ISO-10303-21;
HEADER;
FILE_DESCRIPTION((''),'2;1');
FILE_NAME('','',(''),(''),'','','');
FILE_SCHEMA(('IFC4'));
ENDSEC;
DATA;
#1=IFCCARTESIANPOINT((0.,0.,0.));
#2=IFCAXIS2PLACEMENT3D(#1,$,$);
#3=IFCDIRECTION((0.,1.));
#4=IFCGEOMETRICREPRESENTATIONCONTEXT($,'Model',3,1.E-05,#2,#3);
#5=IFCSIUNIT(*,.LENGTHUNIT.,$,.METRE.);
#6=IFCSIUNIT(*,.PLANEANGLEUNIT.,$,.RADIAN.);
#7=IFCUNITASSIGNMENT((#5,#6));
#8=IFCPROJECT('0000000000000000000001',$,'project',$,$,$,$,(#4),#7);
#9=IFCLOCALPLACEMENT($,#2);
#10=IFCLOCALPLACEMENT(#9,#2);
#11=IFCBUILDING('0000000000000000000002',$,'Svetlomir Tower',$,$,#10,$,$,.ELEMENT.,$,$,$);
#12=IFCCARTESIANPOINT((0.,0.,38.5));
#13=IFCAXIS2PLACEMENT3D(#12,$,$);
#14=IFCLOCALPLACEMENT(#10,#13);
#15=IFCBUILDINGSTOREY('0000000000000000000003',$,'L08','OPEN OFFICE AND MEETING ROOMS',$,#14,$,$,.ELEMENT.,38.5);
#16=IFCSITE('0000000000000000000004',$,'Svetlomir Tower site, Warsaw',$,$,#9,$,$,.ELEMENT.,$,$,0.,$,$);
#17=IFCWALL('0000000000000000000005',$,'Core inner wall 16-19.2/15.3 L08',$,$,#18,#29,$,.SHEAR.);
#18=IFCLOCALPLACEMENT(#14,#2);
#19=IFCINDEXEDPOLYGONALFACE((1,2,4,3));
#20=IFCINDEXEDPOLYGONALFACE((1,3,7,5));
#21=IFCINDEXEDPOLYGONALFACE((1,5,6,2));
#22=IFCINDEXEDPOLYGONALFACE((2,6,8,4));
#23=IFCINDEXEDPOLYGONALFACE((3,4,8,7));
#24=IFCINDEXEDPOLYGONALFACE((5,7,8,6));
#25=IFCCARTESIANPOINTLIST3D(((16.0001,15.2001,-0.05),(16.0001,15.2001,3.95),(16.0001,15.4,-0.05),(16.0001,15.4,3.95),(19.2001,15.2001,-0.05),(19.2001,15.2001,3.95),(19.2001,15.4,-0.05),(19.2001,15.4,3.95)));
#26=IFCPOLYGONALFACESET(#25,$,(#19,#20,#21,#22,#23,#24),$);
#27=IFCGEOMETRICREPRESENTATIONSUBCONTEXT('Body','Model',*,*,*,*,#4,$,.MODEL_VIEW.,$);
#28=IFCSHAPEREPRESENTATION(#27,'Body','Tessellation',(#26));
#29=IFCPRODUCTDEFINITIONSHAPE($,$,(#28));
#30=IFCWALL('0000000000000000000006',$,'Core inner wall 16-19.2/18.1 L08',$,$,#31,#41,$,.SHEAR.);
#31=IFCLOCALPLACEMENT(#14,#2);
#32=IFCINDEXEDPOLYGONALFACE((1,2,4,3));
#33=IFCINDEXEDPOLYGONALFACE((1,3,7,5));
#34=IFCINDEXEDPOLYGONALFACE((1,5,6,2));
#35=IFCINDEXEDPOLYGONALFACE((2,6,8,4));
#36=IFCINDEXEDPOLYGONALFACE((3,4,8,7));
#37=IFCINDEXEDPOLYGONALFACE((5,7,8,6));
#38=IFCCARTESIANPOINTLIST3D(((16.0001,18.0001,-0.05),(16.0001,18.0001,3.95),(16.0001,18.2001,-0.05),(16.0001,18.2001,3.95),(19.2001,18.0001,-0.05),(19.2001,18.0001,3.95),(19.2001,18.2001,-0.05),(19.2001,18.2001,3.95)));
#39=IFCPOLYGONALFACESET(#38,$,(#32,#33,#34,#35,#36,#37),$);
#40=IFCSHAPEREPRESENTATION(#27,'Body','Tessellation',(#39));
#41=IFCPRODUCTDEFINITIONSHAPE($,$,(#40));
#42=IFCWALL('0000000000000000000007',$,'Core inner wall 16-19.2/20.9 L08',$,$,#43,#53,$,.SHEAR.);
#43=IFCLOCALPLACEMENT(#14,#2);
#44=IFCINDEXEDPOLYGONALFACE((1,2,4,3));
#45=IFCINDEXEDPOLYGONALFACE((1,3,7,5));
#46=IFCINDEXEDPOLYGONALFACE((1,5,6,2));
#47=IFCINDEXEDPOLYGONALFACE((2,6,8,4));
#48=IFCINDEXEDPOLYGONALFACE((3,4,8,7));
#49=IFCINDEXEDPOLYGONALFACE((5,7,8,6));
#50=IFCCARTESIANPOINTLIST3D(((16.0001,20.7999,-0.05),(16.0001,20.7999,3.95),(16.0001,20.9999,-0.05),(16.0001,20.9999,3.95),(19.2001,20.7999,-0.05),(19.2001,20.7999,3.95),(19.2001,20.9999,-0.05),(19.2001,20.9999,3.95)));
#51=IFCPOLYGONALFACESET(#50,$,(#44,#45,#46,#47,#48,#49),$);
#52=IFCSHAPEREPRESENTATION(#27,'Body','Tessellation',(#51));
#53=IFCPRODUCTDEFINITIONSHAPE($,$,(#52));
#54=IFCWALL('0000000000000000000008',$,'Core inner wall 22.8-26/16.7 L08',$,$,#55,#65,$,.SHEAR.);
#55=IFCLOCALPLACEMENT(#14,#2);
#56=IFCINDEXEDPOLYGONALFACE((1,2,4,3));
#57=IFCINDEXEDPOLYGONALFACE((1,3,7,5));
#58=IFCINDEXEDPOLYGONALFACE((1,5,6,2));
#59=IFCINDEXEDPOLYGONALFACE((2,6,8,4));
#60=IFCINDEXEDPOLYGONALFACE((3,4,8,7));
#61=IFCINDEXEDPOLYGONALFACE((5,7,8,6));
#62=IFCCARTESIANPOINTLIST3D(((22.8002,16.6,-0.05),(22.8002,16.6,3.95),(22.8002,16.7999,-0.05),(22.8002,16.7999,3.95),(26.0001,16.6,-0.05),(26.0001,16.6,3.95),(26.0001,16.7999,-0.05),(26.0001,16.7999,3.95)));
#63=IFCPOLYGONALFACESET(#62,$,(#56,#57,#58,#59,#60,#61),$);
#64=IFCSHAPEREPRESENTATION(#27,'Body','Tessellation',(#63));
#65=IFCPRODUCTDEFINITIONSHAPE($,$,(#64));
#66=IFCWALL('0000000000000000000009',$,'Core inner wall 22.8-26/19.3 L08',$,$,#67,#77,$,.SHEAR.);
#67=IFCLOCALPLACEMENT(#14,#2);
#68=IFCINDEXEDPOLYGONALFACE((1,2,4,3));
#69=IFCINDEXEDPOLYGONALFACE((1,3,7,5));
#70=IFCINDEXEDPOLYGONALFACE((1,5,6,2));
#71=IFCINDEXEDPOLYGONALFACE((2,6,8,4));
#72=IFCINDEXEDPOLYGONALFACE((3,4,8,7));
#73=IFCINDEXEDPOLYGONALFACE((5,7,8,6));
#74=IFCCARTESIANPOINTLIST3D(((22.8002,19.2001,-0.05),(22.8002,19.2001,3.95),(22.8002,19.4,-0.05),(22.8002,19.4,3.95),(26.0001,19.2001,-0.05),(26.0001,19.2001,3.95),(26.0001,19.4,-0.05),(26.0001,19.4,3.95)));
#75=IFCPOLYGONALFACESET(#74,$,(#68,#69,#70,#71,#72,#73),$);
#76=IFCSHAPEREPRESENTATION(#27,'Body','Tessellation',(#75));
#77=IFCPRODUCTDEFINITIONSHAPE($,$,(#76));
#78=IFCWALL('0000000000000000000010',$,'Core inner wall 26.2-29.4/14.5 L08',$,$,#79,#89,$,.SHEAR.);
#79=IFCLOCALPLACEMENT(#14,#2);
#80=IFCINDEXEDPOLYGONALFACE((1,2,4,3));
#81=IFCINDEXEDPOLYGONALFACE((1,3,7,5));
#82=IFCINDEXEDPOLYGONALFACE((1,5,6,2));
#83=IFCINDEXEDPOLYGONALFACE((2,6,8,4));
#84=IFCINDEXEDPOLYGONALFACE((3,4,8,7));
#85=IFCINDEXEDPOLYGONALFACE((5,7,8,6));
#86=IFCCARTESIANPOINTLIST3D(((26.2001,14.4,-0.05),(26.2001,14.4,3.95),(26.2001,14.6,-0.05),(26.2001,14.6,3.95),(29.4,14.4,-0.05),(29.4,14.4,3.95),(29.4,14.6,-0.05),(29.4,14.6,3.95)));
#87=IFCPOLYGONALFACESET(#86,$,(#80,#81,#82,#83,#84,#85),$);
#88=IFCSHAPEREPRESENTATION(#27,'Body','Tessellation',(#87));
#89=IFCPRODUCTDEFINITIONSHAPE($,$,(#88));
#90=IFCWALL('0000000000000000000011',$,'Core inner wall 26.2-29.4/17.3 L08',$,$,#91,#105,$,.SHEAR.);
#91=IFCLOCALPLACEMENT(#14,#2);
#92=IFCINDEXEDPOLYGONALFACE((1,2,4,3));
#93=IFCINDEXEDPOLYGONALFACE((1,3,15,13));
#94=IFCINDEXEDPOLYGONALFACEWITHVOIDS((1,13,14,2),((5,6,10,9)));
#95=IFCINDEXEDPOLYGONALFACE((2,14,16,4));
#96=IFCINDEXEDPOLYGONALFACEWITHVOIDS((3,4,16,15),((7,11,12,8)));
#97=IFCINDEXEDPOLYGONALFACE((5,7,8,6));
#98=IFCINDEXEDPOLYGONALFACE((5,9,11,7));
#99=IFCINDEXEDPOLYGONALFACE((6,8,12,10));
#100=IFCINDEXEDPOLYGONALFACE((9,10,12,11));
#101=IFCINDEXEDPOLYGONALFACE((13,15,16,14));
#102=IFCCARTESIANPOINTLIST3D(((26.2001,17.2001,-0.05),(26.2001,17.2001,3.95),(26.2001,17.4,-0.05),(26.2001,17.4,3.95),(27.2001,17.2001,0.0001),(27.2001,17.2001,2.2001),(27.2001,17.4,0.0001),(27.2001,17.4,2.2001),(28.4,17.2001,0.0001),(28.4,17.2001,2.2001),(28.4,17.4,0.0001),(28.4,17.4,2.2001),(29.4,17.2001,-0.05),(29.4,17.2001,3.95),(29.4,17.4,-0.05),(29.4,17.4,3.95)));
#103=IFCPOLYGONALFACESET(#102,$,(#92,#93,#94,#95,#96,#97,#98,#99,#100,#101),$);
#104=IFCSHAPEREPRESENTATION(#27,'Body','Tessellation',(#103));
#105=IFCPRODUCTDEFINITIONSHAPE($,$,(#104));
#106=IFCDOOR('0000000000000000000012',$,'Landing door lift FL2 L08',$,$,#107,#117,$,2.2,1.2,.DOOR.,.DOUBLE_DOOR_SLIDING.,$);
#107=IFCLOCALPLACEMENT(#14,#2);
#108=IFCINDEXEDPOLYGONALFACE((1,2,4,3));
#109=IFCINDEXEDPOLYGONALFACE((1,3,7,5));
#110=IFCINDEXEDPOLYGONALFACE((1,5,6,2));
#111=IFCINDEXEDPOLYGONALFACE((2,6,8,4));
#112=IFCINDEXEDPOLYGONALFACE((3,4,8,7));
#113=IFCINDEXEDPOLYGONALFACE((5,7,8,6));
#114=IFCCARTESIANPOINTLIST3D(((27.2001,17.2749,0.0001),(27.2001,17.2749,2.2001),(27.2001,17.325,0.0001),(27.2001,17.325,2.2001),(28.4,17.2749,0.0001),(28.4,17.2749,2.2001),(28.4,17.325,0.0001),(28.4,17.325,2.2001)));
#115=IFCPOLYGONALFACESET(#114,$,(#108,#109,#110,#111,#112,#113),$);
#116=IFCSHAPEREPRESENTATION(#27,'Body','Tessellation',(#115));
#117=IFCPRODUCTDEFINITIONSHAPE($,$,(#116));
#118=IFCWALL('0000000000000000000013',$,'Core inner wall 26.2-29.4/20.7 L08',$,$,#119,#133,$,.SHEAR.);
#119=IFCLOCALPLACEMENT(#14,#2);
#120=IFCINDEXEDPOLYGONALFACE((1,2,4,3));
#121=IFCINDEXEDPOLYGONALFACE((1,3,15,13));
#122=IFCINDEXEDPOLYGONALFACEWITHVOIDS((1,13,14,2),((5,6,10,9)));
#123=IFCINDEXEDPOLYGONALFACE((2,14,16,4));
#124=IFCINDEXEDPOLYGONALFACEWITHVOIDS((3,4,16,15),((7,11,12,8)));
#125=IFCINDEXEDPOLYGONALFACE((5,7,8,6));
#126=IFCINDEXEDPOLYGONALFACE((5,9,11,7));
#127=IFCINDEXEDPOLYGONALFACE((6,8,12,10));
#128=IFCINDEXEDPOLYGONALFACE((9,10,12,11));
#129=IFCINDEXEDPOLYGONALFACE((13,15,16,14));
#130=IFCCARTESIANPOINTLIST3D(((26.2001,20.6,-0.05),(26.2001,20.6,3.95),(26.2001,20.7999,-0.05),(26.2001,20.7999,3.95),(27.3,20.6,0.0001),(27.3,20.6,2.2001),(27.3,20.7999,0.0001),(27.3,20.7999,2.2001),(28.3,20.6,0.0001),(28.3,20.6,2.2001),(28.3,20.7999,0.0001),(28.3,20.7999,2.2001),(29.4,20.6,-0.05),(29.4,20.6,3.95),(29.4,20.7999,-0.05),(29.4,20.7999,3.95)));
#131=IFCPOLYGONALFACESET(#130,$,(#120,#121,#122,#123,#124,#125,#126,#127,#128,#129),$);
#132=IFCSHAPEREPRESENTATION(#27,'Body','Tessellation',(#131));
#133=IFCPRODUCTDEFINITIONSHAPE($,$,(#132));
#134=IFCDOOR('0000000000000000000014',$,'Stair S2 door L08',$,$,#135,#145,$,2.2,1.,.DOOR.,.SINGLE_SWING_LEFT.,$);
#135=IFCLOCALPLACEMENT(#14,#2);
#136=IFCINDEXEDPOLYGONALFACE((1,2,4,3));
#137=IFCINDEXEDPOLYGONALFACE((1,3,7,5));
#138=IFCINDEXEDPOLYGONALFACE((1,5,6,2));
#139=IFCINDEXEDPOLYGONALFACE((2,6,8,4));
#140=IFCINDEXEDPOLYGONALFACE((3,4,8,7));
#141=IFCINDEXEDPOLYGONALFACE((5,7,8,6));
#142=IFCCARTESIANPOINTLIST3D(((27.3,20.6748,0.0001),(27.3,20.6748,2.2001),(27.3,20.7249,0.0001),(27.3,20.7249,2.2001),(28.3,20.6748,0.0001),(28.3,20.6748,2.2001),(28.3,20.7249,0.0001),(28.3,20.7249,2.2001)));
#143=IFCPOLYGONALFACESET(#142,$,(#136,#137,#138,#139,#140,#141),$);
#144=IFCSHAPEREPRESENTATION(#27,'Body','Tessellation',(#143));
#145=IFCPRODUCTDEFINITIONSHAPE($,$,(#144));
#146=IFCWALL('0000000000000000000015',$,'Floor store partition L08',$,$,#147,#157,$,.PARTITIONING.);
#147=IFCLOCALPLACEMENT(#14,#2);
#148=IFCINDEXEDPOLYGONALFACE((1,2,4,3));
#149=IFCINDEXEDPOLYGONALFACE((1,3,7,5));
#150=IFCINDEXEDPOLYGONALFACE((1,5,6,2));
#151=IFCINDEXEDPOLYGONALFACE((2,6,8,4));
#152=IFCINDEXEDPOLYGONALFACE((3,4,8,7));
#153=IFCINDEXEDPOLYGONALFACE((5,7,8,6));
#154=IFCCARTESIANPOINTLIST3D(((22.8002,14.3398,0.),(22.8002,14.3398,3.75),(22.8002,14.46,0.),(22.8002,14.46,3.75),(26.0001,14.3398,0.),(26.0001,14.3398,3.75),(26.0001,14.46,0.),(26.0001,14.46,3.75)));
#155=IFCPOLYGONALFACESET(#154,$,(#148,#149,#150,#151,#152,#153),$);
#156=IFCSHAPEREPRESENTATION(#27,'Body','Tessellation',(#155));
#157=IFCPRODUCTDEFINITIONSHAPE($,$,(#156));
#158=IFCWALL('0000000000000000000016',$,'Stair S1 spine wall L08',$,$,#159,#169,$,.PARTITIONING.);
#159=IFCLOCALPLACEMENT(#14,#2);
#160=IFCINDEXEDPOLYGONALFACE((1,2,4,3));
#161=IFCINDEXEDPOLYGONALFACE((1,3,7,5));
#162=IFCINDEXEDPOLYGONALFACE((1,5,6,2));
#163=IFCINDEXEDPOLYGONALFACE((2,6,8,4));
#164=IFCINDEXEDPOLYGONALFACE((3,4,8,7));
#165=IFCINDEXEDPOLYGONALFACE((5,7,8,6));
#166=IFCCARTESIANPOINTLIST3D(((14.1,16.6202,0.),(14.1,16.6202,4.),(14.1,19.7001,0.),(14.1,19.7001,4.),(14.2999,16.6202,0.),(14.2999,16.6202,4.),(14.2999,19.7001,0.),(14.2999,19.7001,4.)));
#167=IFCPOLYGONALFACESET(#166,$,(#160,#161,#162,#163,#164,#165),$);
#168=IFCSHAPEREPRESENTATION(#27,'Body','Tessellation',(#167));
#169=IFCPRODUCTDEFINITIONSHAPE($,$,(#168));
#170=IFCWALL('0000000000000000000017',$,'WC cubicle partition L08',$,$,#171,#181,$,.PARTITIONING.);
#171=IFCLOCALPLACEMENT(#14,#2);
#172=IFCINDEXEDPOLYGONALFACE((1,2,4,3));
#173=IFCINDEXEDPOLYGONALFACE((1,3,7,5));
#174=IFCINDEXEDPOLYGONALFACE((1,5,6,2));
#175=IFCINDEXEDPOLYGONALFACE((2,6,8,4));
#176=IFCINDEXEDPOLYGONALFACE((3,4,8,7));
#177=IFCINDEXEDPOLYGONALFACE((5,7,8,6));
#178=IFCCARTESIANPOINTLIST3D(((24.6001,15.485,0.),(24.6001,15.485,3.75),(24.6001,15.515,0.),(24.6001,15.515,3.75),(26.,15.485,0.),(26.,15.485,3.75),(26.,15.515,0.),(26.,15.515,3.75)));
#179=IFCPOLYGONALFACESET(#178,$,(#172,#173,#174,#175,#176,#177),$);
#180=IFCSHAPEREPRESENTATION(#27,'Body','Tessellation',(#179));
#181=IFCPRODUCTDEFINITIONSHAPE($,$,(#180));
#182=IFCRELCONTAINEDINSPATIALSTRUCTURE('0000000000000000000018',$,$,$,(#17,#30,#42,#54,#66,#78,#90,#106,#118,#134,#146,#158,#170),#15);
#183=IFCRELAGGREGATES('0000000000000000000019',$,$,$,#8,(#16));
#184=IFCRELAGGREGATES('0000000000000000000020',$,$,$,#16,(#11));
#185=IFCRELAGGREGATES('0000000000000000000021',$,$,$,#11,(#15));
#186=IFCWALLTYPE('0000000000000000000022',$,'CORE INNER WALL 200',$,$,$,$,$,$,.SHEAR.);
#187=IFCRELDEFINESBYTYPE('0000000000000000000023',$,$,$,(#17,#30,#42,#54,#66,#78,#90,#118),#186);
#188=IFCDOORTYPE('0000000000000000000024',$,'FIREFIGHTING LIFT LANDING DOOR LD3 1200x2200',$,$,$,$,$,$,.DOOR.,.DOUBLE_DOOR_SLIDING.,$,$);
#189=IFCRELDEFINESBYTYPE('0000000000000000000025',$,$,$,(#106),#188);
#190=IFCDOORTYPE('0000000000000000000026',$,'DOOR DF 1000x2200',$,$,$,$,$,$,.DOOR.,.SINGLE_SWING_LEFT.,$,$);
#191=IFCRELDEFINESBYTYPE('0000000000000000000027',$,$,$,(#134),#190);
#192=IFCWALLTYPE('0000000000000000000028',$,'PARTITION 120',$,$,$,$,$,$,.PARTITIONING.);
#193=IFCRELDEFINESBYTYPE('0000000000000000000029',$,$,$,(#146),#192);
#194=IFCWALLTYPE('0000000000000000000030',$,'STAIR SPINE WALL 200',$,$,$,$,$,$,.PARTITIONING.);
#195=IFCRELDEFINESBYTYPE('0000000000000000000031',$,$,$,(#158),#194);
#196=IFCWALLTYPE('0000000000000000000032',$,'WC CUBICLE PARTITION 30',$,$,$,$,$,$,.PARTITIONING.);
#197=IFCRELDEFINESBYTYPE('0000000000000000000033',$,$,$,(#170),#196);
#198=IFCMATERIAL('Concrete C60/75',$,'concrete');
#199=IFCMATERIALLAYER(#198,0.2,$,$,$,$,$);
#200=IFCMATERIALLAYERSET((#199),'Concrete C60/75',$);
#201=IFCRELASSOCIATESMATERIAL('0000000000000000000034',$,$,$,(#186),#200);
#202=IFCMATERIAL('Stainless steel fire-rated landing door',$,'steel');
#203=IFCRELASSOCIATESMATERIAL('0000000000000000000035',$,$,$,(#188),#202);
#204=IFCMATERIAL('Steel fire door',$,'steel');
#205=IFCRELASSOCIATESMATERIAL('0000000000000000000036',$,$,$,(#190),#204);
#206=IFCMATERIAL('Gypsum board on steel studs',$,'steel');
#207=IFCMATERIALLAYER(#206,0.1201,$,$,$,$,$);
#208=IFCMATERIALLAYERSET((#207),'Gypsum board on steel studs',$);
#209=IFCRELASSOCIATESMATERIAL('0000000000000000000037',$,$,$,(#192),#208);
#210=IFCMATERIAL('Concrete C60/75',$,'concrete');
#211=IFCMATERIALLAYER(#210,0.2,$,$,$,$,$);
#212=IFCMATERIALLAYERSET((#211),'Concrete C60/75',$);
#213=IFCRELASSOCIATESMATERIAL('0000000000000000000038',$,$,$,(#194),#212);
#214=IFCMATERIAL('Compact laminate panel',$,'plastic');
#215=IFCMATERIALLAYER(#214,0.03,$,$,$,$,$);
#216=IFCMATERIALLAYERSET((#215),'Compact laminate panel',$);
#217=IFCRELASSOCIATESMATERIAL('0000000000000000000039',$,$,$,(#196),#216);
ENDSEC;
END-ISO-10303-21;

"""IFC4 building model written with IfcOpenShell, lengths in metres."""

from ifc_helpers import new_model, si_unit, direction, frame, frame_2d, origin, place, context, subcontext, project, spatial, rectangle, extrude, material, layer, layer_set, type_object, element, fill, save


model = new_model("IFC4")

# Units and contexts
model_context = context("Model", 3, precision=1e-05, world=origin(), true_north=direction((0.0, 1.0)))
body_context = subcontext(model_context, "Body", "Model", "MODEL_VIEW")
ifc_project = project(units=[si_unit("LENGTHUNIT", "METRE"), si_unit("PLANEANGLEUNIT", "RADIAN")], contexts=[model_context])

# Site, building, storey
site_placement = place(None, origin())
site = spatial("IfcSite", under=ifc_project, at=site_placement, Name="Svetlomir Tower site, Warsaw", CompositionType="ELEMENT", RefElevation=0.0)
building_placement = place(site_placement, origin())
building = spatial("IfcBuilding", under=site, at=building_placement, Name="Svetlomir Tower", CompositionType="ELEMENT")
storey_placement = place(building_placement, frame((0.0, 0.0, 38.5)))
storey = spatial("IfcBuildingStorey", under=building, at=storey_placement, Name="L08", Description="OPEN OFFICE AND MEETING ROOMS", CompositionType="ELEMENT", Elevation=38.5)

# Walls
ifc_material_1 = material(Name="Concrete C60/75", Category="concrete")
ifc_layer_1 = layer(ifc_material_1, 0.2)
ifc_layer_set_1 = layer_set([ifc_layer_1], Name="Concrete C60/75")
wall_type_1 = type_object("IfcWallType", Name="CORE INNER WALL 200", PredefinedType="SHEAR", material=ifc_layer_set_1)
for number, where, z_axis, x_axis, name in (
    (1, (16.0, 15.3, -0.05), (0.0, 0.0, 1.0), (1.0, 0.0, 0.0), "Core inner wall 16-19.2/15.3 L08"),
    (2, (16.0, 18.1001, -0.05), (0.0, 0.0, 1.0), (1.0, 0.0, 0.0), "Core inner wall 16-19.2/18.1 L08"),
    (3, (16.0, 20.8999, -0.05), (0.0, 0.0, 1.0), (1.0, 0.0, 0.0), "Core inner wall 16-19.2/20.9 L08"),
    (4, (22.8, 16.7, -0.05), (0.0, 0.0, 1.0), (1.0, 0.0, 0.0), "Core inner wall 22.8-26/16.7 L08"),
    (5, (22.8, 19.3, -0.05), (0.0, 0.0, 1.0), (1.0, 0.0, 0.0), "Core inner wall 22.8-26/19.3 L08"),
    (6, (26.2, 14.5, -0.05), (0.0, 0.0, 1.0), (1.0, 0.0, 0.0), "Core inner wall 26.2-29.4/14.5 L08"),
):
    element("IfcWall", number, at=place(storey_placement, frame(where, z_axis=z_axis, x_axis=x_axis)), inside=storey, type_object=wall_type_1, Name=name, PredefinedType="SHEAR", context=body_context, shape_type="SweptSolid", body=[
        extrude(rectangle(XDim=3.2, YDim=0.2, at=frame_2d((1.6001, 0.0))), origin(), (0.0, 0.0, 1.0), 4.0),
    ])

# Walls, openings, doors
wall_1_placement = place(storey_placement, frame((26.2, 17.3, -0.05), z_axis=(0.0, 0.0, 1.0), x_axis=(1.0, 0.0, 0.0)))
wall_1 = element("IfcWall", 7, at=wall_1_placement, inside=storey, type_object=wall_type_1, Name="Core inner wall 26.2-29.4/17.3 L08", PredefinedType="SHEAR", context=body_context, shape_type="SweptSolid", body=[
    extrude(rectangle(XDim=3.2, YDim=0.2, at=frame_2d((1.6001, 0.0))), origin(), (0.0, 0.0, 1.0), 4.0),
])
opening_1_placement = place(wall_1_placement, frame((1.0, 0.0, 0.05)))
opening_1 = element("IfcOpeningElement", 8, at=opening_1_placement, cuts=wall_1, PredefinedType="OPENING", context=body_context, shape_type="SweptSolid", body=[
    extrude(rectangle(XDim=1.2, YDim=2.2, at=frame_2d((0.6001, 1.1001))), frame((0.0, 0.1099, 0.0), z_axis=(0.0, -1.0, 0.0), x_axis=(1.0, 0.0, 0.0)), (0.0, 0.0, 1.0), 0.22),
])
ifc_material_2 = material(Name="Stainless steel fire-rated landing door", Category="steel")
door_type_1 = type_object("IfcDoorType", Name="FIREFIGHTING LIFT LANDING DOOR LD3 1200x2200", OperationType="DOUBLE_DOOR_SLIDING", PredefinedType="DOOR", material=ifc_material_2)
door_1_placement = place(opening_1_placement, origin())
door_1 = element("IfcDoor", 9, at=door_1_placement, inside=storey, type_object=door_type_1, Name="Landing door lift FL2 L08", OperationType="DOUBLE_DOOR_SLIDING", OverallHeight=2.2, OverallWidth=1.2, PredefinedType="DOOR", context=body_context, shape_type="SweptSolid", body=[
    extrude(rectangle(XDim=1.2, YDim=2.2, at=frame_2d((0.6001, 1.1001))), frame((0.0, 0.0249, 0.0), z_axis=(0.0, -1.0, 0.0), x_axis=(1.0, 0.0, 0.0)), (0.0, 0.0, 1.0), 0.05),
])
fill(opening_1, door_1)
wall_2_placement = place(storey_placement, frame((26.2, 20.7, -0.05), z_axis=(0.0, 0.0, 1.0), x_axis=(1.0, 0.0, 0.0)))
wall_2 = element("IfcWall", 10, at=wall_2_placement, inside=storey, type_object=wall_type_1, Name="Core inner wall 26.2-29.4/20.7 L08", PredefinedType="SHEAR", context=body_context, shape_type="SweptSolid", body=[
    extrude(rectangle(XDim=3.2, YDim=0.2, at=frame_2d((1.6001, 0.0))), origin(), (0.0, 0.0, 1.0), 4.0),
])
opening_2_placement = place(wall_2_placement, frame((1.1001, 0.0, 0.05)))
opening_2 = element("IfcOpeningElement", 11, at=opening_2_placement, cuts=wall_2, PredefinedType="OPENING", context=body_context, shape_type="SweptSolid", body=[
    extrude(rectangle(XDim=1.0, YDim=2.2, at=frame_2d((0.5, 1.1001))), frame((0.0, 0.1099, 0.0), z_axis=(0.0, -1.0, 0.0), x_axis=(1.0, 0.0, 0.0)), (0.0, 0.0, 1.0), 0.22),
])
ifc_material_3 = material(Name="Steel fire door", Category="steel")
door_type_2 = type_object("IfcDoorType", Name="DOOR DF 1000x2200", OperationType="SINGLE_SWING_LEFT", PredefinedType="DOOR", material=ifc_material_3)
door_2_placement = place(opening_2_placement, origin())
door_2 = element("IfcDoor", 12, at=door_2_placement, inside=storey, type_object=door_type_2, Name="Stair S2 door L08", OperationType="SINGLE_SWING_LEFT", OverallHeight=2.2, OverallWidth=1.0, PredefinedType="DOOR", context=body_context, shape_type="SweptSolid", body=[
    extrude(rectangle(XDim=1.0, YDim=2.2, at=frame_2d((0.5, 1.1001))), frame((0.0, 0.0249, 0.0), z_axis=(0.0, -1.0, 0.0), x_axis=(1.0, 0.0, 0.0)), (0.0, 0.0, 1.0), 0.05),
])
fill(opening_2, door_2)

# Walls
ifc_material_4 = material(Name="Gypsum board on steel studs", Category="steel")
ifc_layer_2 = layer(ifc_material_4, 0.1201)
ifc_layer_set_2 = layer_set([ifc_layer_2], Name="Gypsum board on steel studs")
wall_type_2 = type_object("IfcWallType", Name="PARTITION 120", PredefinedType="PARTITIONING", material=ifc_layer_set_2)
wall_3_placement = place(storey_placement, frame((22.8, 14.3999, 0.0), z_axis=(0.0, 0.0, 1.0), x_axis=(1.0, 0.0, 0.0)))
element("IfcWall", 13, at=wall_3_placement, inside=storey, type_object=wall_type_2, Name="Floor store partition L08", PredefinedType="PARTITIONING", context=body_context, shape_type="SweptSolid", body=[
    extrude(rectangle(XDim=3.2, YDim=0.1201, at=frame_2d((1.6001, 0.0))), origin(), (0.0, 0.0, 1.0), 3.75),
])
ifc_material_5 = material(Name="Concrete C60/75", Category="concrete")
ifc_layer_3 = layer(ifc_material_5, 0.2)
ifc_layer_set_3 = layer_set([ifc_layer_3], Name="Concrete C60/75")
wall_type_3 = type_object("IfcWallType", Name="STAIR SPINE WALL 200", PredefinedType="PARTITIONING", material=ifc_layer_set_3)
wall_4_placement = place(storey_placement, frame((14.2, 16.6201, 0.0), z_axis=(0.0, 0.0, 1.0), x_axis=(0.0, 1.0, 0.0)))
element("IfcWall", 14, at=wall_4_placement, inside=storey, type_object=wall_type_3, Name="Stair S1 spine wall L08", PredefinedType="PARTITIONING", context=body_context, shape_type="SweptSolid", body=[
    extrude(rectangle(XDim=3.0798, YDim=0.2, at=frame_2d((1.54, 0.0))), origin(), (0.0, 0.0, 1.0), 4.0),
])
ifc_material_6 = material(Name="Compact laminate panel", Category="plastic")
ifc_layer_4 = layer(ifc_material_6, 0.03)
ifc_layer_set_4 = layer_set([ifc_layer_4], Name="Compact laminate panel")
wall_type_4 = type_object("IfcWallType", Name="WC CUBICLE PARTITION 30", PredefinedType="PARTITIONING", material=ifc_layer_set_4)
wall_5_placement = place(storey_placement, frame((24.6001, 15.5, 0.0), z_axis=(0.0, 0.0, 1.0), x_axis=(1.0, 0.0, 0.0)))
element("IfcWall", 15, at=wall_5_placement, inside=storey, type_object=wall_type_4, Name="WC cubicle partition L08", PredefinedType="PARTITIONING", context=body_context, shape_type="SweptSolid", body=[
    extrude(rectangle(XDim=1.3999, YDim=0.03, at=frame_2d((0.7, 0.0))), origin(), (0.0, 0.0, 1.0), 3.75),
])

save(model, "model.ifc")
